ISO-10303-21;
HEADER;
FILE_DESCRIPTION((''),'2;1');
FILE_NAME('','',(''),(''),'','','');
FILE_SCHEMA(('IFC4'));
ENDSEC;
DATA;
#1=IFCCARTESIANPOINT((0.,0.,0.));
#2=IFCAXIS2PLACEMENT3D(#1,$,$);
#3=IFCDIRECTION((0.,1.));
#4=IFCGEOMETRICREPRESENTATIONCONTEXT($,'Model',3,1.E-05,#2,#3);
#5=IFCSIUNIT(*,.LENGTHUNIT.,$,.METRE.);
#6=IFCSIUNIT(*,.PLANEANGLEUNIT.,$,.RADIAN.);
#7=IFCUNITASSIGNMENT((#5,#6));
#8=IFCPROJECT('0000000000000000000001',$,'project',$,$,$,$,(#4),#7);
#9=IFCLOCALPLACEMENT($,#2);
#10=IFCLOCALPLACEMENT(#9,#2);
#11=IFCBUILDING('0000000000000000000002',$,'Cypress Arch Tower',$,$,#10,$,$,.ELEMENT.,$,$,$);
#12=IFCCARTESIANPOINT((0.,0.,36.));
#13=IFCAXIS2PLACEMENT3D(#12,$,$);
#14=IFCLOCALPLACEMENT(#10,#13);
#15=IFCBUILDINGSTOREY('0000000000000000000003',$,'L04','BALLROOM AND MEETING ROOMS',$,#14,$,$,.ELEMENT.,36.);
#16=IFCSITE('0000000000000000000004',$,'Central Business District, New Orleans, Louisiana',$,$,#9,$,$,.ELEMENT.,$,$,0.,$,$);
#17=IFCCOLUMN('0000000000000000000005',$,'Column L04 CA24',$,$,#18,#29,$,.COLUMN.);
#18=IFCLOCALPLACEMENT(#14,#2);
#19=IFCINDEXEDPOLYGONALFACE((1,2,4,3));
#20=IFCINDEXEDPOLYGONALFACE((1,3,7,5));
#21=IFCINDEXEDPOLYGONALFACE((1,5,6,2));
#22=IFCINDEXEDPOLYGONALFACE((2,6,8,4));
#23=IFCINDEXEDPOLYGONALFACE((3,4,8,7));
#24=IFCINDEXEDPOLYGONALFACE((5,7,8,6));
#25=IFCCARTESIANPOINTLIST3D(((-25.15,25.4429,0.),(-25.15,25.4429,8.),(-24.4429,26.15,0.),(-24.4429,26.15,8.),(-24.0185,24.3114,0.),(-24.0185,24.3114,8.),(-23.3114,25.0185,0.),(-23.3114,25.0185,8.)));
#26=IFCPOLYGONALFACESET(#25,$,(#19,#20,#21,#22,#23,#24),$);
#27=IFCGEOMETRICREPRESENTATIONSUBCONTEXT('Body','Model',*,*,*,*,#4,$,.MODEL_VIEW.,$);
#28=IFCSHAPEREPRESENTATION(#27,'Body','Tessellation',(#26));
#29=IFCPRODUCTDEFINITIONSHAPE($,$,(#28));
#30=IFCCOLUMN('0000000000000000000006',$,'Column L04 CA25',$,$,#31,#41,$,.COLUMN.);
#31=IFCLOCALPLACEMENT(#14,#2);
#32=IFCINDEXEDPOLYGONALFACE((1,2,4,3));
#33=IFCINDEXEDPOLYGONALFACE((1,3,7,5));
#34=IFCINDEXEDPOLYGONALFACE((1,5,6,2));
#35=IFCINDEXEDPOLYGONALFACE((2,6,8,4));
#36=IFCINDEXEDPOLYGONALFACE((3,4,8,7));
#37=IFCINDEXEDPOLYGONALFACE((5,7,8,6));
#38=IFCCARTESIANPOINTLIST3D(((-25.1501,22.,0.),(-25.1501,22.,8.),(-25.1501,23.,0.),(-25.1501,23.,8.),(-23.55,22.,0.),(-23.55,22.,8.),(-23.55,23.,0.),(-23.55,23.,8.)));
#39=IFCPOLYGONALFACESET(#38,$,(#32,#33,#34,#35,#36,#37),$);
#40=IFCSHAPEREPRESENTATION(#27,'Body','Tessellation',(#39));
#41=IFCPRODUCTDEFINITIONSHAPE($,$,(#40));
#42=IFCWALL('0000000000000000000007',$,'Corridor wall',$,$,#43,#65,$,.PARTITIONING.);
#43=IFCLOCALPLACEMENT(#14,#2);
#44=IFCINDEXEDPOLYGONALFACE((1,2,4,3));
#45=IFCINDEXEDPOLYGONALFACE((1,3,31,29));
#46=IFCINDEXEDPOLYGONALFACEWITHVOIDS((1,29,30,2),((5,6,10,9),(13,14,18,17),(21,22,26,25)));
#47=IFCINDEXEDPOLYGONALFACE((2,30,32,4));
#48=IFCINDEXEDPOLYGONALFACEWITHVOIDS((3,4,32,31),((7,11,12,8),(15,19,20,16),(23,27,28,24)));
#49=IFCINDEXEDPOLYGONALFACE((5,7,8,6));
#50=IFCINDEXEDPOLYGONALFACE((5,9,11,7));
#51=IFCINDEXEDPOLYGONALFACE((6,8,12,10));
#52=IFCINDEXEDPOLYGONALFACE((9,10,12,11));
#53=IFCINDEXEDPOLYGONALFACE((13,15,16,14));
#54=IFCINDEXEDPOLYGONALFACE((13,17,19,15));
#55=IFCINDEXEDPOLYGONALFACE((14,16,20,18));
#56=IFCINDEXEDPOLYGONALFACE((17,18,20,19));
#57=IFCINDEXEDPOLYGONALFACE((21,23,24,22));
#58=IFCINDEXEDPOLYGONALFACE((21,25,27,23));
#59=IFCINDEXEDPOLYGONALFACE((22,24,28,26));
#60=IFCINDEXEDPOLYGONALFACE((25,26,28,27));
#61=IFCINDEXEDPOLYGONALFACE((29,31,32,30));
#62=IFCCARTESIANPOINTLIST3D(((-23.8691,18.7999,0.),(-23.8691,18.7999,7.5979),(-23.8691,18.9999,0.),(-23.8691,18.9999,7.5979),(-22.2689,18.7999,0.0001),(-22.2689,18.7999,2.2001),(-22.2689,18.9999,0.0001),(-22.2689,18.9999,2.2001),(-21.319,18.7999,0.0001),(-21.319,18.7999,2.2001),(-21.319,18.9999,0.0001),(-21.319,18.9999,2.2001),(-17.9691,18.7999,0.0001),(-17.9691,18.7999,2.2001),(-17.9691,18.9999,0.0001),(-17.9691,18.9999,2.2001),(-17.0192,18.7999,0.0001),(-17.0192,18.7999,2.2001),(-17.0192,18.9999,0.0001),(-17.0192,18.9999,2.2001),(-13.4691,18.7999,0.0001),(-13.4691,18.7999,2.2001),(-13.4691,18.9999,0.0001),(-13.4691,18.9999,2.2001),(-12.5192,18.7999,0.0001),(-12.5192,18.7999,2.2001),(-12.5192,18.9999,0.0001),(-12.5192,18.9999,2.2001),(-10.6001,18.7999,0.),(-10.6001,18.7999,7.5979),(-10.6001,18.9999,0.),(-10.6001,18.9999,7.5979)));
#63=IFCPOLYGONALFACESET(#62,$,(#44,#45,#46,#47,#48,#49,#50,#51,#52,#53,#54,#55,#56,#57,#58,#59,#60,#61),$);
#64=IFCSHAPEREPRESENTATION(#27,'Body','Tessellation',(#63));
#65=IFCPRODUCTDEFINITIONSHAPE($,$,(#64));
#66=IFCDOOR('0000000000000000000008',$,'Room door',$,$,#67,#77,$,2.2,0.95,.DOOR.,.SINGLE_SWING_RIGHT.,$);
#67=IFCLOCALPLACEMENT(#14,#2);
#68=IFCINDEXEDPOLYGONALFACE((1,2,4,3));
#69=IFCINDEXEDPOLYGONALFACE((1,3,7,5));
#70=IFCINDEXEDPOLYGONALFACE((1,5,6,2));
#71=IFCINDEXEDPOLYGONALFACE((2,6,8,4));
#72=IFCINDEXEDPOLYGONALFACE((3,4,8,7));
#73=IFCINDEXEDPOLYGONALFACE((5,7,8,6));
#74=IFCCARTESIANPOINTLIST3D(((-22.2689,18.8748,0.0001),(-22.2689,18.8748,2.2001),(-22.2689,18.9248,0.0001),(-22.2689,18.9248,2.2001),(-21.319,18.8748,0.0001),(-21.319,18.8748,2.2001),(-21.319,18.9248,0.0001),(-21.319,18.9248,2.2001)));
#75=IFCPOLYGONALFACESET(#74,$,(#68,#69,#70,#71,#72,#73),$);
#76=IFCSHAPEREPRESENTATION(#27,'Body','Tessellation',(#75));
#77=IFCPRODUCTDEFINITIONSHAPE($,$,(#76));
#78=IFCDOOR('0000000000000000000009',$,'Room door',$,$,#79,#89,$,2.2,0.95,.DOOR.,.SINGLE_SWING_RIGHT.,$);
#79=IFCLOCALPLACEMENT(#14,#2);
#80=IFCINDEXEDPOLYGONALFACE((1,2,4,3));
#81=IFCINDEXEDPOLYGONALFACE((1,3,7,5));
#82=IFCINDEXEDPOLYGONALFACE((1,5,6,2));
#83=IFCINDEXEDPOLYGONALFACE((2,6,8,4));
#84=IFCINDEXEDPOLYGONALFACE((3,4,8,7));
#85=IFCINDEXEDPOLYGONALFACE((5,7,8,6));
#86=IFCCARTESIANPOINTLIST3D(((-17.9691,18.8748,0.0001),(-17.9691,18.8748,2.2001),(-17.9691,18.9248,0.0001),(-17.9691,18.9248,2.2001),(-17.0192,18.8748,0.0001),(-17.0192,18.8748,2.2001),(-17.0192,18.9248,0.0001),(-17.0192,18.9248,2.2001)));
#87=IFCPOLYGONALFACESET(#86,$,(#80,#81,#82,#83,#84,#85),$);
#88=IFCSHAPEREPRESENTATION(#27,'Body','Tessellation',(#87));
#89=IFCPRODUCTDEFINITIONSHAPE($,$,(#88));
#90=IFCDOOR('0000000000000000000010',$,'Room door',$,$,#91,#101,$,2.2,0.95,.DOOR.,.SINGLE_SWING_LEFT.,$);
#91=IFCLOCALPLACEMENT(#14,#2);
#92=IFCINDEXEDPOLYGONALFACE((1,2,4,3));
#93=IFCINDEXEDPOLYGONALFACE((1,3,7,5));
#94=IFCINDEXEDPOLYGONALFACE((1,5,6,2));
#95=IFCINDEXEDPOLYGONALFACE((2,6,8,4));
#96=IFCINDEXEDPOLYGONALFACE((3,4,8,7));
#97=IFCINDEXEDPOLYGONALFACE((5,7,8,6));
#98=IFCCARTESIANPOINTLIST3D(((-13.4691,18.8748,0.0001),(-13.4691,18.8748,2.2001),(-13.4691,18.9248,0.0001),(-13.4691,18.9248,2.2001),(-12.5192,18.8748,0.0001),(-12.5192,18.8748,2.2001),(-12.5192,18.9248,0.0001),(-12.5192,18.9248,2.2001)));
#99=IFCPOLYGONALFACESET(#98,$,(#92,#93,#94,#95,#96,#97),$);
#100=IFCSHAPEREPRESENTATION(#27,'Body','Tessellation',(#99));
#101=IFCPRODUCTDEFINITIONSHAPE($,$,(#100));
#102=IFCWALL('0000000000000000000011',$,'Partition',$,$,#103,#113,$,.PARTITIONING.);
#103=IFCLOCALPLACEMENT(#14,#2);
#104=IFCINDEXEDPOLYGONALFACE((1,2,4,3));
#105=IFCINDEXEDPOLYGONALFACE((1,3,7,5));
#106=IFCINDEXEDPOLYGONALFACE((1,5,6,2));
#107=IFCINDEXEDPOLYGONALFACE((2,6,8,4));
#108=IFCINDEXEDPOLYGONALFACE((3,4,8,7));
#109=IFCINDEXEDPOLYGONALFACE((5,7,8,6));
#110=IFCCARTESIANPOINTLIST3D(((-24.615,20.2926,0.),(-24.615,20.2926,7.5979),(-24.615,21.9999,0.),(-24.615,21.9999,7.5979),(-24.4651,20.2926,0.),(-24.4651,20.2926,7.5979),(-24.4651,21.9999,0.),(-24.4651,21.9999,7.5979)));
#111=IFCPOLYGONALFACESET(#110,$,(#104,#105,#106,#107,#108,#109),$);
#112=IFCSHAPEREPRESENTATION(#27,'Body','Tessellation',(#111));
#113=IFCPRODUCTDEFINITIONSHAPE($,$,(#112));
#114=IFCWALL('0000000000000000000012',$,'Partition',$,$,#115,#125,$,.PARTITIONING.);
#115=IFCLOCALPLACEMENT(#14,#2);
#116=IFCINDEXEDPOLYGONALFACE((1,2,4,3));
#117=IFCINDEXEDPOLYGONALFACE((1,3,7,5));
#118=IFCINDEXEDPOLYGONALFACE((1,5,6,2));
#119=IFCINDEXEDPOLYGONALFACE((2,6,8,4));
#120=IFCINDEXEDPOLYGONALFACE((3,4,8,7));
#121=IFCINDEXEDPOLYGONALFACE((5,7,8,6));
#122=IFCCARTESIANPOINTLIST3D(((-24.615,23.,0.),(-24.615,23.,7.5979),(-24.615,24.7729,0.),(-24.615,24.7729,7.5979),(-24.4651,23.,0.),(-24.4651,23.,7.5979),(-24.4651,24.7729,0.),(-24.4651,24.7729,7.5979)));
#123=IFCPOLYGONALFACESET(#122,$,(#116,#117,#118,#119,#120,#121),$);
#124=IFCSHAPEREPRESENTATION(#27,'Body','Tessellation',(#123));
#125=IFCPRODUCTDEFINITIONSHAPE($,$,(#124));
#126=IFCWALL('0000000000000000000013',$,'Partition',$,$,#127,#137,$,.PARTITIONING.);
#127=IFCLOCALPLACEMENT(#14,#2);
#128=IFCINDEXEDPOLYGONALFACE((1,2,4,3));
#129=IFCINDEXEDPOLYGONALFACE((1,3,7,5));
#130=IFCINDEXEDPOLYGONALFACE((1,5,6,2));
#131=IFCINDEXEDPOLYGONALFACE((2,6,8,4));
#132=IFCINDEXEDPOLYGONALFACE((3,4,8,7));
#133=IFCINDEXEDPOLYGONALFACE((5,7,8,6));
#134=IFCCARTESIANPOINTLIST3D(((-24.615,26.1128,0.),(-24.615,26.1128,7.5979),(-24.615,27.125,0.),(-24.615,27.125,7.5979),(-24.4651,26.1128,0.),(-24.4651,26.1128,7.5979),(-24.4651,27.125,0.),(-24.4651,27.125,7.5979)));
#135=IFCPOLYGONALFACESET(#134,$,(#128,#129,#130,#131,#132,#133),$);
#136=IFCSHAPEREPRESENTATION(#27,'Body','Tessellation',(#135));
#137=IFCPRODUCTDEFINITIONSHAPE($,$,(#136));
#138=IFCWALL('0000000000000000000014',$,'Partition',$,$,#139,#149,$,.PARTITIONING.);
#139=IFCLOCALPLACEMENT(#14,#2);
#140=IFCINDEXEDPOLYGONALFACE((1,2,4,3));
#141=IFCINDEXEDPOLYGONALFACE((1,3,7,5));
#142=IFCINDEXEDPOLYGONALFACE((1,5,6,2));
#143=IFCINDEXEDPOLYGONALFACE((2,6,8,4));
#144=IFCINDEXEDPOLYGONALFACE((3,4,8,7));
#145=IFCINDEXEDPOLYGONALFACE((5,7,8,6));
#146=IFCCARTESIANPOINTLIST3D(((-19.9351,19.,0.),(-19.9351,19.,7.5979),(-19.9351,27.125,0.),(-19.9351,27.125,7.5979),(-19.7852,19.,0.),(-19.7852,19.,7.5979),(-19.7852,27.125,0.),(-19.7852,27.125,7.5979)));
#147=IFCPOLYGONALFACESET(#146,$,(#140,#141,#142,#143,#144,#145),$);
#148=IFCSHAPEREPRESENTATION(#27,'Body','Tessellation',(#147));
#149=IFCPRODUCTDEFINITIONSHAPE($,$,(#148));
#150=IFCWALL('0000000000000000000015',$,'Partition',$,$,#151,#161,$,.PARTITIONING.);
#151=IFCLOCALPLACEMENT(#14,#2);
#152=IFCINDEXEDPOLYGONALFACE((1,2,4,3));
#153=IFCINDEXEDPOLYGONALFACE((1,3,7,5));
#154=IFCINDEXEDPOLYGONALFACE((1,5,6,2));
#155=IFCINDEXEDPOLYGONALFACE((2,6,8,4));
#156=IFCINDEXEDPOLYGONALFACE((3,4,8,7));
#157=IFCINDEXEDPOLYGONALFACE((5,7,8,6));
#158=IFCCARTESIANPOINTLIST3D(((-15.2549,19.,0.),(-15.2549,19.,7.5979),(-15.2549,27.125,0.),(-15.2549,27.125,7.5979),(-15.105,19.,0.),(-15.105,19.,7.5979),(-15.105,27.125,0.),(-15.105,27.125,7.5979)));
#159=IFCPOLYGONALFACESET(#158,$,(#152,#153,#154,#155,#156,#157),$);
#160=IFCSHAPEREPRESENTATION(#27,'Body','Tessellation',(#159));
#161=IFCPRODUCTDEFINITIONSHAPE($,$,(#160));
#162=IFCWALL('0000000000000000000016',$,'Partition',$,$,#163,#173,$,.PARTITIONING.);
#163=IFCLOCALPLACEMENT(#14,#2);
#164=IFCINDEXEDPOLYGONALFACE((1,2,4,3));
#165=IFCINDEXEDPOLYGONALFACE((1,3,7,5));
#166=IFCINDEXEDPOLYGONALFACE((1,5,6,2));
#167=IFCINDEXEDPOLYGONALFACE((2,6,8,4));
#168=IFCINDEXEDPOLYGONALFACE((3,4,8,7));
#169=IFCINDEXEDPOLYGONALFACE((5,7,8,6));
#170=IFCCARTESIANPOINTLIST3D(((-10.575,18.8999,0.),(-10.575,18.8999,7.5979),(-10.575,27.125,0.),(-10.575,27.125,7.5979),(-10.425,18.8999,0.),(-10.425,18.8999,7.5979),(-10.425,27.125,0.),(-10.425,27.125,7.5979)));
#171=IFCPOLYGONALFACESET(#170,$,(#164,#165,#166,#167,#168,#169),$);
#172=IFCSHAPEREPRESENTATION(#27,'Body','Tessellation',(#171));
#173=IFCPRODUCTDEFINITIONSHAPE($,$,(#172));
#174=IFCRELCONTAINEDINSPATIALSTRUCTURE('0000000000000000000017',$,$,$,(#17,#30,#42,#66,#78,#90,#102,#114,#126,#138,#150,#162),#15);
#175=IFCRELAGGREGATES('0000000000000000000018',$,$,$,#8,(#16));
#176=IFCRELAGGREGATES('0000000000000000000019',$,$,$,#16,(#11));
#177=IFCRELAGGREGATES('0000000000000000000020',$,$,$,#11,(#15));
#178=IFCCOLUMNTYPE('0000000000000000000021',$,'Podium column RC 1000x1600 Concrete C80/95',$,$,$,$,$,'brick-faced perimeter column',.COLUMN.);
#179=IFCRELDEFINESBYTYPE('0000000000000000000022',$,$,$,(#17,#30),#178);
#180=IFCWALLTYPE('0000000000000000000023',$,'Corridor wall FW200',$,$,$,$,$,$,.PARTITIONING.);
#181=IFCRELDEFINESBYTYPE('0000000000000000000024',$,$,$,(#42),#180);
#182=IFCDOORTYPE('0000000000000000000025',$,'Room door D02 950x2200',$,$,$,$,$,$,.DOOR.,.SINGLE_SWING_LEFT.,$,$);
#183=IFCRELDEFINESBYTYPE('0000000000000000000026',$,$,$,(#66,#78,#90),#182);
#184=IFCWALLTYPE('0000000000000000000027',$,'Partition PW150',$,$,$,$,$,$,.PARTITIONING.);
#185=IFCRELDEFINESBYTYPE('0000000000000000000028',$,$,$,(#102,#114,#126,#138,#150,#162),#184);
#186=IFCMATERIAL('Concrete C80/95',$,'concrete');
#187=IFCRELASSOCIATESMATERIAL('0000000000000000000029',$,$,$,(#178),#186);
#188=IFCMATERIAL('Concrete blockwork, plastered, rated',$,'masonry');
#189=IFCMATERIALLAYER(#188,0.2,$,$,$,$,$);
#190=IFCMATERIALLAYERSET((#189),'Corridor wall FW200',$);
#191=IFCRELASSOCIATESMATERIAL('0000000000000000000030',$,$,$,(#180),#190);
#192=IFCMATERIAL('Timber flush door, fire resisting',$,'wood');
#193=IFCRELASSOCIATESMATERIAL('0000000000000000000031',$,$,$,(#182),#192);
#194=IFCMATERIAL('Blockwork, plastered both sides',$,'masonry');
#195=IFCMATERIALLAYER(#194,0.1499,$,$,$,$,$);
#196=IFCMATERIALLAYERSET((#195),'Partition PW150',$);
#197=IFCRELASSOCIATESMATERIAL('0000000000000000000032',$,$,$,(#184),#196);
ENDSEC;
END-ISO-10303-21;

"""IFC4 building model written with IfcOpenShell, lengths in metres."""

from ifc_helpers import new_model, si_unit, direction, frame, frame_2d, origin, origin_2d, place, context, subcontext, project, spatial, rectangle, extrude, material, layer, layer_set, material_profile, profile_set, type_object, element, fill, save


model = new_model("IFC4")

# Units and contexts
model_context = context("Model", 3, precision=1e-05, world=origin(), true_north=direction((0.0, 1.0)))
body_context = subcontext(model_context, "Body", "Model", "MODEL_VIEW")
ifc_project = project(units=[si_unit("LENGTHUNIT", "METRE"), si_unit("PLANEANGLEUNIT", "RADIAN")], contexts=[model_context])

# Site, building, storey
site_placement = place(None, origin())
site = spatial("IfcSite", under=ifc_project, at=site_placement, Name="Central Business District, New Orleans, Louisiana", CompositionType="ELEMENT", RefElevation=0.0)
building_placement = place(site_placement, origin())
building = spatial("IfcBuilding", under=site, at=building_placement, Name="Cypress Arch Tower", CompositionType="ELEMENT")
storey_placement = place(building_placement, frame((0.0, 0.0, 36.0)))
storey = spatial("IfcBuildingStorey", under=building, at=storey_placement, Name="L04", Description="BALLROOM AND MEETING ROOMS", CompositionType="ELEMENT", Elevation=36.0)

# Columns
ifc_material_1 = material(Name="Concrete C80/95", Category="concrete")
ifc_material_profile_1 = material_profile(ifc_material_1, rectangle(XDim=1.0, YDim=1.6001, at=origin_2d()), Name="RC 1000x1600")
ifc_profile_set_1 = profile_set([ifc_material_profile_1], Name="Concrete C80/95")
column_type_1 = type_object("IfcColumnType", Name="Podium column RC 1000x1600 Concrete C80/95", ElementType="brick-faced perimeter column", PredefinedType="COLUMN", material=ifc_profile_set_1)
for number, where, z_axis, x_axis, name in (
    (1, (-24.2307, 25.2307, 0.0), (0.0, 0.0, 1.0), (-0.707107, -0.707107, 0.0), "Column L04 CA24"),
    (2, (-24.3501, 22.5, 0.0), (0.0, 0.0, 1.0), (0.0, -1.0, 0.0), "Column L04 CA25"),
):
    element("IfcColumn", number, at=place(storey_placement, frame(where, z_axis=z_axis, x_axis=x_axis)), inside=storey, type_object=column_type_1, Name=name, PredefinedType="COLUMN", context=body_context, shape_type="SweptSolid", body=[
        extrude(rectangle(XDim=1.0, YDim=1.6001, at=origin_2d()), origin(), (0.0, 0.0, 1.0), 8.0),
    ])

# Wall, openings, doors
ifc_material_2 = material(Name="Concrete blockwork, plastered, rated", Category="masonry")
ifc_layer_1 = layer(ifc_material_2, 0.2)
ifc_layer_set_1 = layer_set([ifc_layer_1], Name="Corridor wall FW200")
wall_type_1 = type_object("IfcWallType", Name="Corridor wall FW200", PredefinedType="PARTITIONING", material=ifc_layer_set_1)
wall_1_placement = place(storey_placement, frame((-23.8691, 18.8999, 0.0), z_axis=(0.0, 0.0, 1.0), x_axis=(1.0, 0.0, 0.0)))
wall_1 = element("IfcWall", 3, at=wall_1_placement, inside=storey, type_object=wall_type_1, Name="Corridor wall", PredefinedType="PARTITIONING", context=body_context, shape_type="SweptSolid", body=[
    extrude(rectangle(XDim=13.269, YDim=0.2, at=frame_2d((6.6345, 0.0))), origin(), (0.0, 0.0, 1.0), 7.5979),
])
opening_1_placement = place(wall_1_placement, frame((1.6001, 0.0, 0.0)))
opening_1 = element("IfcOpeningElement", 4, at=opening_1_placement, cuts=wall_1, PredefinedType="OPENING", context=body_context, shape_type="SweptSolid", body=[
    extrude(rectangle(XDim=0.95, YDim=2.2, at=frame_2d((0.4751, 1.1001))), frame((0.0, 0.1099, 0.0), z_axis=(0.0, -1.0, 0.0), x_axis=(1.0, 0.0, 0.0)), (0.0, 0.0, 1.0), 0.22),
])
opening_2_placement = place(wall_1_placement, frame((5.8999, 0.0, 0.0)))
opening_2 = element("IfcOpeningElement", 5, at=opening_2_placement, cuts=wall_1, PredefinedType="OPENING", context=body_context, shape_type="SweptSolid", body=[
    extrude(rectangle(XDim=0.95, YDim=2.2, at=frame_2d((0.4751, 1.1001))), frame((0.0, 0.1099, 0.0), z_axis=(0.0, -1.0, 0.0), x_axis=(1.0, 0.0, 0.0)), (0.0, 0.0, 1.0), 0.22),
])
opening_3_placement = place(wall_1_placement, frame((10.3999, 0.0, 0.0)))
opening_3 = element("IfcOpeningElement", 6, at=opening_3_placement, cuts=wall_1, PredefinedType="OPENING", context=body_context, shape_type="SweptSolid", body=[
    extrude(rectangle(XDim=0.95, YDim=2.2, at=frame_2d((0.4751, 1.1001))), frame((0.0, 0.1099, 0.0), z_axis=(0.0, -1.0, 0.0), x_axis=(1.0, 0.0, 0.0)), (0.0, 0.0, 1.0), 0.22),
])
ifc_material_3 = material(Name="Timber flush door, fire resisting", Category="wood")
door_type = type_object("IfcDoorType", Name="Room door D02 950x2200", OperationType="SINGLE_SWING_LEFT", PredefinedType="DOOR", material=ifc_material_3)
door_1_placement = place(opening_1_placement, origin())
door_1 = element("IfcDoor", 7, at=door_1_placement, inside=storey, type_object=door_type, Name="Room door", OperationType="SINGLE_SWING_RIGHT", OverallHeight=2.2, OverallWidth=0.95, PredefinedType="DOOR", context=body_context, shape_type="SweptSolid", body=[
    extrude(rectangle(XDim=0.95, YDim=2.2, at=frame_2d((0.4751, 1.1001))), frame((0.0, 0.0249, 0.0), z_axis=(0.0, -1.0, 0.0), x_axis=(1.0, 0.0, 0.0)), (0.0, 0.0, 1.0), 0.05),
])
fill(opening_1, door_1)
door_2_placement = place(opening_2_placement, origin())
door_2 = element("IfcDoor", 8, at=door_2_placement, inside=storey, type_object=door_type, Name="Room door", OperationType="SINGLE_SWING_RIGHT", OverallHeight=2.2, OverallWidth=0.95, PredefinedType="DOOR", context=body_context, shape_type="SweptSolid", body=[
    extrude(rectangle(XDim=0.95, YDim=2.2, at=frame_2d((0.4751, 1.1001))), frame((0.0, 0.0249, 0.0), z_axis=(0.0, -1.0, 0.0), x_axis=(1.0, 0.0, 0.0)), (0.0, 0.0, 1.0), 0.05),
])
fill(opening_2, door_2)
door_3_placement = place(opening_3_placement, origin())
door_3 = element("IfcDoor", 9, at=door_3_placement, inside=storey, type_object=door_type, Name="Room door", OperationType="SINGLE_SWING_LEFT", OverallHeight=2.2, OverallWidth=0.95, PredefinedType="DOOR", context=body_context, shape_type="SweptSolid", body=[
    extrude(rectangle(XDim=0.95, YDim=2.2, at=frame_2d((0.4751, 1.1001))), frame((0.0, 0.0249, 0.0), z_axis=(0.0, -1.0, 0.0), x_axis=(1.0, 0.0, 0.0)), (0.0, 0.0, 1.0), 0.05),
])
fill(opening_3, door_3)

# Walls
ifc_material_4 = material(Name="Blockwork, plastered both sides", Category="masonry")
ifc_layer_2 = layer(ifc_material_4, 0.1499)
ifc_layer_set_2 = layer_set([ifc_layer_2], Name="Partition PW150")
wall_type_2 = type_object("IfcWallType", Name="Partition PW150", PredefinedType="PARTITIONING", material=ifc_layer_set_2)
wall_2_placement = place(storey_placement, frame((-24.54, 20.2927, 0.0), z_axis=(0.0, 0.0, 1.0), x_axis=(0.0, 1.0, 0.0)))
element("IfcWall", 10, at=wall_2_placement, inside=storey, type_object=wall_type_2, Name="Partition", PredefinedType="PARTITIONING", context=body_context, shape_type="SweptSolid", body=[
    extrude(rectangle(XDim=1.7073, YDim=0.1499, at=frame_2d((0.8535, 0.0))), origin(), (0.0, 0.0, 1.0), 7.5979),
])
wall_3_placement = place(storey_placement, frame((-24.54, 23.0, 0.0), z_axis=(0.0, 0.0, 1.0), x_axis=(0.0, 1.0, 0.0)))
element("IfcWall", 11, at=wall_3_placement, inside=storey, type_object=wall_type_2, Name="Partition", PredefinedType="PARTITIONING", context=body_context, shape_type="SweptSolid", body=[
    extrude(rectangle(XDim=1.7729, YDim=0.1499, at=frame_2d((0.8865, 0.0))), origin(), (0.0, 0.0, 1.0), 7.5979),
])
wall_4_placement = place(storey_placement, frame((-24.54, 26.1128, 0.0), z_axis=(0.0, 0.0, 1.0), x_axis=(0.0, 1.0, 0.0)))
element("IfcWall", 12, at=wall_4_placement, inside=storey, type_object=wall_type_2, Name="Partition", PredefinedType="PARTITIONING", context=body_context, shape_type="SweptSolid", body=[
    extrude(rectangle(XDim=1.0122, YDim=0.1499, at=frame_2d((0.5061, 0.0))), origin(), (0.0, 0.0, 1.0), 7.5979),
])
for number, where, z_axis, x_axis, name in (
    (13, (-19.8601, 19.0, 0.0), (0.0, 0.0, 1.0), (0.0, 1.0, 0.0), "Partition"),
    (14, (-15.1799, 19.0, 0.0), (0.0, 0.0, 1.0), (0.0, 1.0, 0.0), "Partition"),
):
    element("IfcWall", number, at=place(storey_placement, frame(where, z_axis=z_axis, x_axis=x_axis)), inside=storey, type_object=wall_type_2, Name=name, PredefinedType="PARTITIONING", context=body_context, shape_type="SweptSolid", body=[
        extrude(rectangle(XDim=8.125, YDim=0.1499, at=frame_2d((4.0625, 0.0))), origin(), (0.0, 0.0, 1.0), 7.5979),
    ])
wall_5_placement = place(storey_placement, frame((-10.5, 18.8999, 0.0), z_axis=(0.0, 0.0, 1.0), x_axis=(0.0, 1.0, 0.0)))
element("IfcWall", 15, at=wall_5_placement, inside=storey, type_object=wall_type_2, Name="Partition", PredefinedType="PARTITIONING", context=body_context, shape_type="SweptSolid", body=[
    extrude(rectangle(XDim=8.2251, YDim=0.1499, at=frame_2d((4.1125, 0.0))), origin(), (0.0, 0.0, 1.0), 7.5979),
])

save(model, "model.ifc")
